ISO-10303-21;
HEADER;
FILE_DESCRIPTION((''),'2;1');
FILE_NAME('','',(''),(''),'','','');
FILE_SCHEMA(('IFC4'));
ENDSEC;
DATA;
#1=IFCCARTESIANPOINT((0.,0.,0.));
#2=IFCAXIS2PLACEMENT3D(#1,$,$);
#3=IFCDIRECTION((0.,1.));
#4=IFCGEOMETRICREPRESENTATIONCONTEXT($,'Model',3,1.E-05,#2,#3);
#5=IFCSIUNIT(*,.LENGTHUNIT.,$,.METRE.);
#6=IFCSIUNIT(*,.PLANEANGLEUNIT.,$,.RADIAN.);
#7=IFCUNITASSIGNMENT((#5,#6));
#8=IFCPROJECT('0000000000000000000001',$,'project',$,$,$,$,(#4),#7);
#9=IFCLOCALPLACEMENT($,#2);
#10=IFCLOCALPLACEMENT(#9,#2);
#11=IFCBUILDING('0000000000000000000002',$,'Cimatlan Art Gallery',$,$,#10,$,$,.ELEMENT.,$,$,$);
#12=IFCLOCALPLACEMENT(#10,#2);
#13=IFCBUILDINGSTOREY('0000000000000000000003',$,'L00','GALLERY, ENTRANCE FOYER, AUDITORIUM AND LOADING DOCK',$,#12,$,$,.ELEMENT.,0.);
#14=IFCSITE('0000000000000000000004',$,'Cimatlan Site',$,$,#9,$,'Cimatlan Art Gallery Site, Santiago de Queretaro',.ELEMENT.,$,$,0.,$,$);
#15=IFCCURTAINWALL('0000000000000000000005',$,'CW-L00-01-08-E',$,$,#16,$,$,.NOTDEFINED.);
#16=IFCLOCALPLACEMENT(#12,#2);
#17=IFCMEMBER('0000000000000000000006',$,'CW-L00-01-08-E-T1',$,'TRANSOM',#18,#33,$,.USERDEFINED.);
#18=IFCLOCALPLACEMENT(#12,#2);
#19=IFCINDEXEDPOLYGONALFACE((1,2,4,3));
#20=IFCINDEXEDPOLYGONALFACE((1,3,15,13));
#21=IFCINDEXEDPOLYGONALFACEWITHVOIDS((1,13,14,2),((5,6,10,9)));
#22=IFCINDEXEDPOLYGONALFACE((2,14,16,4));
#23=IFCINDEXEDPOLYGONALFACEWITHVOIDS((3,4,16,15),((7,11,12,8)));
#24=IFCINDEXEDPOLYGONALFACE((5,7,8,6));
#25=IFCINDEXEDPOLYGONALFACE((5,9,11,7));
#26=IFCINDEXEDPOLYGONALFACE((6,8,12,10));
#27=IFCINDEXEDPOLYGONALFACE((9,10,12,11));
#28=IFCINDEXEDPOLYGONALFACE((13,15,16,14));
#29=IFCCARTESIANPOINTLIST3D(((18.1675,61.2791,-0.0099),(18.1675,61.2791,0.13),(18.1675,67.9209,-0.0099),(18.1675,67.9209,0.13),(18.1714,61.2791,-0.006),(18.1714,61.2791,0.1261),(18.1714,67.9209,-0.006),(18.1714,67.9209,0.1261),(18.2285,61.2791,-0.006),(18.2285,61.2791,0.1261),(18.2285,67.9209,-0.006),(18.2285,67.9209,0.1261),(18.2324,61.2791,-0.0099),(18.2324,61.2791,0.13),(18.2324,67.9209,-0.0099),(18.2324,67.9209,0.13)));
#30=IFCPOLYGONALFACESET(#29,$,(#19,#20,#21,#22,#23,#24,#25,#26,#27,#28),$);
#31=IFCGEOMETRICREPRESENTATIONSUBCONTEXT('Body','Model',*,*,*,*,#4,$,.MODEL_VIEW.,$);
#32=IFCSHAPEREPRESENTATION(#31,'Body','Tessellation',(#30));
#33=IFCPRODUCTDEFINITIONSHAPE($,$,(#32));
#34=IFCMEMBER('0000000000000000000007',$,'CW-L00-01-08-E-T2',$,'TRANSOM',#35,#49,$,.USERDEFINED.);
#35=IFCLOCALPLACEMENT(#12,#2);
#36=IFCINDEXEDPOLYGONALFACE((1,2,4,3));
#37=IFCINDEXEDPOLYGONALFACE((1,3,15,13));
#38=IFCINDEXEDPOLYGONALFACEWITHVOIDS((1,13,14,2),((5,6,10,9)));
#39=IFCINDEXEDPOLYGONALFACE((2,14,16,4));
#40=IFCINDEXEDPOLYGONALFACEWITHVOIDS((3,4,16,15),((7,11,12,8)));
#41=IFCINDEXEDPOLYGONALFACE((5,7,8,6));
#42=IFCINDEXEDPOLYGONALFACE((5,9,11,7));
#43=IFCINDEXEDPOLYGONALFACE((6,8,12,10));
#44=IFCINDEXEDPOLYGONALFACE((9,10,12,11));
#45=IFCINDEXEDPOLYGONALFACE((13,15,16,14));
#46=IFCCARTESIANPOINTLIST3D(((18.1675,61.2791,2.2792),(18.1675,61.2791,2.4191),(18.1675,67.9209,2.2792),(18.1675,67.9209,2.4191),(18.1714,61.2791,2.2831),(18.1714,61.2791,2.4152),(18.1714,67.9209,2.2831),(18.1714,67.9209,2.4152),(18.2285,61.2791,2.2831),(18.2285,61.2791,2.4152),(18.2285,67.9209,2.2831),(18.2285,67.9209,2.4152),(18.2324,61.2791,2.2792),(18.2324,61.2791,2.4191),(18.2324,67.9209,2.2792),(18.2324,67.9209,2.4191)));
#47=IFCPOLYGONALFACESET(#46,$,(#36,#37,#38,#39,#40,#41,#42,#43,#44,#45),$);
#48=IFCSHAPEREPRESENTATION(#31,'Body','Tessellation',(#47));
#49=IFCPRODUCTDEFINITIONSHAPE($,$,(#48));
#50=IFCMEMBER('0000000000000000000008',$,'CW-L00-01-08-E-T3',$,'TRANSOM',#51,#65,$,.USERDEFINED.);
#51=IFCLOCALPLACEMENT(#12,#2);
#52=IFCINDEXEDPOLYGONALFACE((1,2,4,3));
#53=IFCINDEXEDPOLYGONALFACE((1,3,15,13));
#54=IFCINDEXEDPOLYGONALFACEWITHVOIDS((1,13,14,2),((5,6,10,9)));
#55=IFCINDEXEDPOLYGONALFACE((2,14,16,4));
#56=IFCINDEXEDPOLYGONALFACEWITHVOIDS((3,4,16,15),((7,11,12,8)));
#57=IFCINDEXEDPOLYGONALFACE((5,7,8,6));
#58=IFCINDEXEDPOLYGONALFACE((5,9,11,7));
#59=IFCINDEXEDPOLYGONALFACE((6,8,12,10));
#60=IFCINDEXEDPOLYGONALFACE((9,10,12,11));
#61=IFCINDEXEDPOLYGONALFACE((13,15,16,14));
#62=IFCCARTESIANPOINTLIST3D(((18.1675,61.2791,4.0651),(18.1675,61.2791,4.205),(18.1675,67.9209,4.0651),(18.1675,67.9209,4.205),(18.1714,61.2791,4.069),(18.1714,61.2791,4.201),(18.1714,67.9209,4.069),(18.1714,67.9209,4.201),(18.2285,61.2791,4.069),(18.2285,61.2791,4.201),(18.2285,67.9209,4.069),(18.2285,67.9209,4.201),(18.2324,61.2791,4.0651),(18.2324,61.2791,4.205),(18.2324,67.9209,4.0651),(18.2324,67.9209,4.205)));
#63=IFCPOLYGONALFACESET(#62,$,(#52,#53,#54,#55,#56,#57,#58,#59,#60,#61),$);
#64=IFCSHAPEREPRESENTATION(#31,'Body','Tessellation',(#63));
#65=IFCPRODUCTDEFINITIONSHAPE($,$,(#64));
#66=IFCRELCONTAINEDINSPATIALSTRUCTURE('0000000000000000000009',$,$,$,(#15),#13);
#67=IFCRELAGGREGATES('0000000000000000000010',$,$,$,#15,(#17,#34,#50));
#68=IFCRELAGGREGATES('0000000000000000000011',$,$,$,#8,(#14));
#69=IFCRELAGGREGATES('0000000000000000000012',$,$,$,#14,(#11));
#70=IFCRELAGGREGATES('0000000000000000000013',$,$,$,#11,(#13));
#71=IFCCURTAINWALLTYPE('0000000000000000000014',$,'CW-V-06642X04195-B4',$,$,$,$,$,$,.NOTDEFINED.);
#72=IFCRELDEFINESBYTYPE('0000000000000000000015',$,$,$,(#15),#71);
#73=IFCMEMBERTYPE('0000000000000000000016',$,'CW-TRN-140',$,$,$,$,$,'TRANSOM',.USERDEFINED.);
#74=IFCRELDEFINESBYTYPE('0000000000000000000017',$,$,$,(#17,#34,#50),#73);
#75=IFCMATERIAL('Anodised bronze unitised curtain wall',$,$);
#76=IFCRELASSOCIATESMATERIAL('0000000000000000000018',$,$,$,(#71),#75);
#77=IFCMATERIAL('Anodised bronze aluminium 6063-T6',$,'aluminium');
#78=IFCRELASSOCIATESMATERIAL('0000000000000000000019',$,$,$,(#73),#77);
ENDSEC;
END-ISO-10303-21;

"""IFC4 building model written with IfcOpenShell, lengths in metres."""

from ifc_helpers import new_model, si_unit, direction, frame, origin, origin_2d, place, context, subcontext, project, spatial, hollow_rectangle, extrude, material, material_profile, profile_set, type_object, element, aggregate, save


model = new_model("IFC4")

# Units and contexts
model_context = context("Model", 3, precision=1e-05, world=origin(), true_north=direction((0.0, 1.0)))
body_context = subcontext(model_context, "Body", "Model", "MODEL_VIEW")
ifc_project = project(units=[si_unit("LENGTHUNIT", "METRE"), si_unit("PLANEANGLEUNIT", "RADIAN")], contexts=[model_context])

# Site, building, storey
site_placement = place(None, origin())
site = spatial("IfcSite", under=ifc_project, at=site_placement, Name="Cimatlan Site", LongName="Cimatlan Art Gallery Site, Santiago de Queretaro", CompositionType="ELEMENT", RefElevation=0.0)
building_placement = place(site_placement, origin())
building = spatial("IfcBuilding", under=site, at=building_placement, Name="Cimatlan Art Gallery", CompositionType="ELEMENT")
storey_placement = place(building_placement, origin())
storey = spatial("IfcBuildingStorey", under=building, at=storey_placement, Name="L00", Description="GALLERY, ENTRANCE FOYER, AUDITORIUM AND LOADING DOCK", CompositionType="ELEMENT", Elevation=0.0)

# Curtain wall, members
ifc_material_1 = material(Name="Anodised bronze unitised curtain wall")
curtain_wall_type = type_object("IfcCurtainWallType", Name="CW-V-06642X04195-B4", PredefinedType="NOTDEFINED", material=ifc_material_1)
curtain_wall_placement = place(storey_placement, origin())
curtain_wall = element("IfcCurtainWall", 1, at=curtain_wall_placement, inside=storey, type_object=curtain_wall_type, Name="CW-L00-01-08-E", PredefinedType="NOTDEFINED")
ifc_material_2 = material(Name="Anodised bronze aluminium 6063-T6", Category="aluminium")
ifc_material_profile_1 = material_profile(ifc_material_2, hollow_rectangle(XDim=0.0649, YDim=0.1399, WallThickness=0.0039, at=origin_2d()), Name="ALU65X140X4")
ifc_profile_set_1 = profile_set([ifc_material_profile_1], Name="Anodised bronze aluminium 6063-T6")
member_type_1 = type_object("IfcMemberType", Name="CW-TRN-140", ElementType="TRANSOM", PredefinedType="USERDEFINED", material=ifc_profile_set_1)
member_1_placement = place(storey_placement, frame((18.2, 67.9209, 0.0601), z_axis=(0.0, -1.0, 0.0), x_axis=(1.0, 0.0, 0.0)))
member_1 = element("IfcMember", 2, at=member_1_placement, type_object=member_type_1, Name="CW-L00-01-08-E-T1", ObjectType="TRANSOM", PredefinedType="USERDEFINED", context=body_context, shape_type="SweptSolid", body=[
    extrude(hollow_rectangle(XDim=0.0649, YDim=0.1399, WallThickness=0.0039, at=origin_2d()), origin(), (0.0, 0.0, 1.0), 6.6418),
])
member_2_placement = place(storey_placement, frame((18.2, 67.9209, 2.3491), z_axis=(0.0, -1.0, 0.0), x_axis=(1.0, 0.0, 0.0)))
member_2 = element("IfcMember", 3, at=member_2_placement, type_object=member_type_1, Name="CW-L00-01-08-E-T2", ObjectType="TRANSOM", PredefinedType="USERDEFINED", context=body_context, shape_type="SweptSolid", body=[
    extrude(hollow_rectangle(XDim=0.0649, YDim=0.1399, WallThickness=0.0039, at=origin_2d()), origin(), (0.0, 0.0, 1.0), 6.6418),
])
member_3_placement = place(storey_placement, frame((18.2, 67.9209, 4.135), z_axis=(0.0, -1.0, 0.0), x_axis=(1.0, 0.0, 0.0)))
member_3 = element("IfcMember", 4, at=member_3_placement, type_object=member_type_1, Name="CW-L00-01-08-E-T3", ObjectType="TRANSOM", PredefinedType="USERDEFINED", context=body_context, shape_type="SweptSolid", body=[
    extrude(hollow_rectangle(XDim=0.0649, YDim=0.1399, WallThickness=0.0039, at=origin_2d()), origin(), (0.0, 0.0, 1.0), 6.6418),
])
aggregate(curtain_wall, [member_1, member_2, member_3])

save(model, "model.ifc")
